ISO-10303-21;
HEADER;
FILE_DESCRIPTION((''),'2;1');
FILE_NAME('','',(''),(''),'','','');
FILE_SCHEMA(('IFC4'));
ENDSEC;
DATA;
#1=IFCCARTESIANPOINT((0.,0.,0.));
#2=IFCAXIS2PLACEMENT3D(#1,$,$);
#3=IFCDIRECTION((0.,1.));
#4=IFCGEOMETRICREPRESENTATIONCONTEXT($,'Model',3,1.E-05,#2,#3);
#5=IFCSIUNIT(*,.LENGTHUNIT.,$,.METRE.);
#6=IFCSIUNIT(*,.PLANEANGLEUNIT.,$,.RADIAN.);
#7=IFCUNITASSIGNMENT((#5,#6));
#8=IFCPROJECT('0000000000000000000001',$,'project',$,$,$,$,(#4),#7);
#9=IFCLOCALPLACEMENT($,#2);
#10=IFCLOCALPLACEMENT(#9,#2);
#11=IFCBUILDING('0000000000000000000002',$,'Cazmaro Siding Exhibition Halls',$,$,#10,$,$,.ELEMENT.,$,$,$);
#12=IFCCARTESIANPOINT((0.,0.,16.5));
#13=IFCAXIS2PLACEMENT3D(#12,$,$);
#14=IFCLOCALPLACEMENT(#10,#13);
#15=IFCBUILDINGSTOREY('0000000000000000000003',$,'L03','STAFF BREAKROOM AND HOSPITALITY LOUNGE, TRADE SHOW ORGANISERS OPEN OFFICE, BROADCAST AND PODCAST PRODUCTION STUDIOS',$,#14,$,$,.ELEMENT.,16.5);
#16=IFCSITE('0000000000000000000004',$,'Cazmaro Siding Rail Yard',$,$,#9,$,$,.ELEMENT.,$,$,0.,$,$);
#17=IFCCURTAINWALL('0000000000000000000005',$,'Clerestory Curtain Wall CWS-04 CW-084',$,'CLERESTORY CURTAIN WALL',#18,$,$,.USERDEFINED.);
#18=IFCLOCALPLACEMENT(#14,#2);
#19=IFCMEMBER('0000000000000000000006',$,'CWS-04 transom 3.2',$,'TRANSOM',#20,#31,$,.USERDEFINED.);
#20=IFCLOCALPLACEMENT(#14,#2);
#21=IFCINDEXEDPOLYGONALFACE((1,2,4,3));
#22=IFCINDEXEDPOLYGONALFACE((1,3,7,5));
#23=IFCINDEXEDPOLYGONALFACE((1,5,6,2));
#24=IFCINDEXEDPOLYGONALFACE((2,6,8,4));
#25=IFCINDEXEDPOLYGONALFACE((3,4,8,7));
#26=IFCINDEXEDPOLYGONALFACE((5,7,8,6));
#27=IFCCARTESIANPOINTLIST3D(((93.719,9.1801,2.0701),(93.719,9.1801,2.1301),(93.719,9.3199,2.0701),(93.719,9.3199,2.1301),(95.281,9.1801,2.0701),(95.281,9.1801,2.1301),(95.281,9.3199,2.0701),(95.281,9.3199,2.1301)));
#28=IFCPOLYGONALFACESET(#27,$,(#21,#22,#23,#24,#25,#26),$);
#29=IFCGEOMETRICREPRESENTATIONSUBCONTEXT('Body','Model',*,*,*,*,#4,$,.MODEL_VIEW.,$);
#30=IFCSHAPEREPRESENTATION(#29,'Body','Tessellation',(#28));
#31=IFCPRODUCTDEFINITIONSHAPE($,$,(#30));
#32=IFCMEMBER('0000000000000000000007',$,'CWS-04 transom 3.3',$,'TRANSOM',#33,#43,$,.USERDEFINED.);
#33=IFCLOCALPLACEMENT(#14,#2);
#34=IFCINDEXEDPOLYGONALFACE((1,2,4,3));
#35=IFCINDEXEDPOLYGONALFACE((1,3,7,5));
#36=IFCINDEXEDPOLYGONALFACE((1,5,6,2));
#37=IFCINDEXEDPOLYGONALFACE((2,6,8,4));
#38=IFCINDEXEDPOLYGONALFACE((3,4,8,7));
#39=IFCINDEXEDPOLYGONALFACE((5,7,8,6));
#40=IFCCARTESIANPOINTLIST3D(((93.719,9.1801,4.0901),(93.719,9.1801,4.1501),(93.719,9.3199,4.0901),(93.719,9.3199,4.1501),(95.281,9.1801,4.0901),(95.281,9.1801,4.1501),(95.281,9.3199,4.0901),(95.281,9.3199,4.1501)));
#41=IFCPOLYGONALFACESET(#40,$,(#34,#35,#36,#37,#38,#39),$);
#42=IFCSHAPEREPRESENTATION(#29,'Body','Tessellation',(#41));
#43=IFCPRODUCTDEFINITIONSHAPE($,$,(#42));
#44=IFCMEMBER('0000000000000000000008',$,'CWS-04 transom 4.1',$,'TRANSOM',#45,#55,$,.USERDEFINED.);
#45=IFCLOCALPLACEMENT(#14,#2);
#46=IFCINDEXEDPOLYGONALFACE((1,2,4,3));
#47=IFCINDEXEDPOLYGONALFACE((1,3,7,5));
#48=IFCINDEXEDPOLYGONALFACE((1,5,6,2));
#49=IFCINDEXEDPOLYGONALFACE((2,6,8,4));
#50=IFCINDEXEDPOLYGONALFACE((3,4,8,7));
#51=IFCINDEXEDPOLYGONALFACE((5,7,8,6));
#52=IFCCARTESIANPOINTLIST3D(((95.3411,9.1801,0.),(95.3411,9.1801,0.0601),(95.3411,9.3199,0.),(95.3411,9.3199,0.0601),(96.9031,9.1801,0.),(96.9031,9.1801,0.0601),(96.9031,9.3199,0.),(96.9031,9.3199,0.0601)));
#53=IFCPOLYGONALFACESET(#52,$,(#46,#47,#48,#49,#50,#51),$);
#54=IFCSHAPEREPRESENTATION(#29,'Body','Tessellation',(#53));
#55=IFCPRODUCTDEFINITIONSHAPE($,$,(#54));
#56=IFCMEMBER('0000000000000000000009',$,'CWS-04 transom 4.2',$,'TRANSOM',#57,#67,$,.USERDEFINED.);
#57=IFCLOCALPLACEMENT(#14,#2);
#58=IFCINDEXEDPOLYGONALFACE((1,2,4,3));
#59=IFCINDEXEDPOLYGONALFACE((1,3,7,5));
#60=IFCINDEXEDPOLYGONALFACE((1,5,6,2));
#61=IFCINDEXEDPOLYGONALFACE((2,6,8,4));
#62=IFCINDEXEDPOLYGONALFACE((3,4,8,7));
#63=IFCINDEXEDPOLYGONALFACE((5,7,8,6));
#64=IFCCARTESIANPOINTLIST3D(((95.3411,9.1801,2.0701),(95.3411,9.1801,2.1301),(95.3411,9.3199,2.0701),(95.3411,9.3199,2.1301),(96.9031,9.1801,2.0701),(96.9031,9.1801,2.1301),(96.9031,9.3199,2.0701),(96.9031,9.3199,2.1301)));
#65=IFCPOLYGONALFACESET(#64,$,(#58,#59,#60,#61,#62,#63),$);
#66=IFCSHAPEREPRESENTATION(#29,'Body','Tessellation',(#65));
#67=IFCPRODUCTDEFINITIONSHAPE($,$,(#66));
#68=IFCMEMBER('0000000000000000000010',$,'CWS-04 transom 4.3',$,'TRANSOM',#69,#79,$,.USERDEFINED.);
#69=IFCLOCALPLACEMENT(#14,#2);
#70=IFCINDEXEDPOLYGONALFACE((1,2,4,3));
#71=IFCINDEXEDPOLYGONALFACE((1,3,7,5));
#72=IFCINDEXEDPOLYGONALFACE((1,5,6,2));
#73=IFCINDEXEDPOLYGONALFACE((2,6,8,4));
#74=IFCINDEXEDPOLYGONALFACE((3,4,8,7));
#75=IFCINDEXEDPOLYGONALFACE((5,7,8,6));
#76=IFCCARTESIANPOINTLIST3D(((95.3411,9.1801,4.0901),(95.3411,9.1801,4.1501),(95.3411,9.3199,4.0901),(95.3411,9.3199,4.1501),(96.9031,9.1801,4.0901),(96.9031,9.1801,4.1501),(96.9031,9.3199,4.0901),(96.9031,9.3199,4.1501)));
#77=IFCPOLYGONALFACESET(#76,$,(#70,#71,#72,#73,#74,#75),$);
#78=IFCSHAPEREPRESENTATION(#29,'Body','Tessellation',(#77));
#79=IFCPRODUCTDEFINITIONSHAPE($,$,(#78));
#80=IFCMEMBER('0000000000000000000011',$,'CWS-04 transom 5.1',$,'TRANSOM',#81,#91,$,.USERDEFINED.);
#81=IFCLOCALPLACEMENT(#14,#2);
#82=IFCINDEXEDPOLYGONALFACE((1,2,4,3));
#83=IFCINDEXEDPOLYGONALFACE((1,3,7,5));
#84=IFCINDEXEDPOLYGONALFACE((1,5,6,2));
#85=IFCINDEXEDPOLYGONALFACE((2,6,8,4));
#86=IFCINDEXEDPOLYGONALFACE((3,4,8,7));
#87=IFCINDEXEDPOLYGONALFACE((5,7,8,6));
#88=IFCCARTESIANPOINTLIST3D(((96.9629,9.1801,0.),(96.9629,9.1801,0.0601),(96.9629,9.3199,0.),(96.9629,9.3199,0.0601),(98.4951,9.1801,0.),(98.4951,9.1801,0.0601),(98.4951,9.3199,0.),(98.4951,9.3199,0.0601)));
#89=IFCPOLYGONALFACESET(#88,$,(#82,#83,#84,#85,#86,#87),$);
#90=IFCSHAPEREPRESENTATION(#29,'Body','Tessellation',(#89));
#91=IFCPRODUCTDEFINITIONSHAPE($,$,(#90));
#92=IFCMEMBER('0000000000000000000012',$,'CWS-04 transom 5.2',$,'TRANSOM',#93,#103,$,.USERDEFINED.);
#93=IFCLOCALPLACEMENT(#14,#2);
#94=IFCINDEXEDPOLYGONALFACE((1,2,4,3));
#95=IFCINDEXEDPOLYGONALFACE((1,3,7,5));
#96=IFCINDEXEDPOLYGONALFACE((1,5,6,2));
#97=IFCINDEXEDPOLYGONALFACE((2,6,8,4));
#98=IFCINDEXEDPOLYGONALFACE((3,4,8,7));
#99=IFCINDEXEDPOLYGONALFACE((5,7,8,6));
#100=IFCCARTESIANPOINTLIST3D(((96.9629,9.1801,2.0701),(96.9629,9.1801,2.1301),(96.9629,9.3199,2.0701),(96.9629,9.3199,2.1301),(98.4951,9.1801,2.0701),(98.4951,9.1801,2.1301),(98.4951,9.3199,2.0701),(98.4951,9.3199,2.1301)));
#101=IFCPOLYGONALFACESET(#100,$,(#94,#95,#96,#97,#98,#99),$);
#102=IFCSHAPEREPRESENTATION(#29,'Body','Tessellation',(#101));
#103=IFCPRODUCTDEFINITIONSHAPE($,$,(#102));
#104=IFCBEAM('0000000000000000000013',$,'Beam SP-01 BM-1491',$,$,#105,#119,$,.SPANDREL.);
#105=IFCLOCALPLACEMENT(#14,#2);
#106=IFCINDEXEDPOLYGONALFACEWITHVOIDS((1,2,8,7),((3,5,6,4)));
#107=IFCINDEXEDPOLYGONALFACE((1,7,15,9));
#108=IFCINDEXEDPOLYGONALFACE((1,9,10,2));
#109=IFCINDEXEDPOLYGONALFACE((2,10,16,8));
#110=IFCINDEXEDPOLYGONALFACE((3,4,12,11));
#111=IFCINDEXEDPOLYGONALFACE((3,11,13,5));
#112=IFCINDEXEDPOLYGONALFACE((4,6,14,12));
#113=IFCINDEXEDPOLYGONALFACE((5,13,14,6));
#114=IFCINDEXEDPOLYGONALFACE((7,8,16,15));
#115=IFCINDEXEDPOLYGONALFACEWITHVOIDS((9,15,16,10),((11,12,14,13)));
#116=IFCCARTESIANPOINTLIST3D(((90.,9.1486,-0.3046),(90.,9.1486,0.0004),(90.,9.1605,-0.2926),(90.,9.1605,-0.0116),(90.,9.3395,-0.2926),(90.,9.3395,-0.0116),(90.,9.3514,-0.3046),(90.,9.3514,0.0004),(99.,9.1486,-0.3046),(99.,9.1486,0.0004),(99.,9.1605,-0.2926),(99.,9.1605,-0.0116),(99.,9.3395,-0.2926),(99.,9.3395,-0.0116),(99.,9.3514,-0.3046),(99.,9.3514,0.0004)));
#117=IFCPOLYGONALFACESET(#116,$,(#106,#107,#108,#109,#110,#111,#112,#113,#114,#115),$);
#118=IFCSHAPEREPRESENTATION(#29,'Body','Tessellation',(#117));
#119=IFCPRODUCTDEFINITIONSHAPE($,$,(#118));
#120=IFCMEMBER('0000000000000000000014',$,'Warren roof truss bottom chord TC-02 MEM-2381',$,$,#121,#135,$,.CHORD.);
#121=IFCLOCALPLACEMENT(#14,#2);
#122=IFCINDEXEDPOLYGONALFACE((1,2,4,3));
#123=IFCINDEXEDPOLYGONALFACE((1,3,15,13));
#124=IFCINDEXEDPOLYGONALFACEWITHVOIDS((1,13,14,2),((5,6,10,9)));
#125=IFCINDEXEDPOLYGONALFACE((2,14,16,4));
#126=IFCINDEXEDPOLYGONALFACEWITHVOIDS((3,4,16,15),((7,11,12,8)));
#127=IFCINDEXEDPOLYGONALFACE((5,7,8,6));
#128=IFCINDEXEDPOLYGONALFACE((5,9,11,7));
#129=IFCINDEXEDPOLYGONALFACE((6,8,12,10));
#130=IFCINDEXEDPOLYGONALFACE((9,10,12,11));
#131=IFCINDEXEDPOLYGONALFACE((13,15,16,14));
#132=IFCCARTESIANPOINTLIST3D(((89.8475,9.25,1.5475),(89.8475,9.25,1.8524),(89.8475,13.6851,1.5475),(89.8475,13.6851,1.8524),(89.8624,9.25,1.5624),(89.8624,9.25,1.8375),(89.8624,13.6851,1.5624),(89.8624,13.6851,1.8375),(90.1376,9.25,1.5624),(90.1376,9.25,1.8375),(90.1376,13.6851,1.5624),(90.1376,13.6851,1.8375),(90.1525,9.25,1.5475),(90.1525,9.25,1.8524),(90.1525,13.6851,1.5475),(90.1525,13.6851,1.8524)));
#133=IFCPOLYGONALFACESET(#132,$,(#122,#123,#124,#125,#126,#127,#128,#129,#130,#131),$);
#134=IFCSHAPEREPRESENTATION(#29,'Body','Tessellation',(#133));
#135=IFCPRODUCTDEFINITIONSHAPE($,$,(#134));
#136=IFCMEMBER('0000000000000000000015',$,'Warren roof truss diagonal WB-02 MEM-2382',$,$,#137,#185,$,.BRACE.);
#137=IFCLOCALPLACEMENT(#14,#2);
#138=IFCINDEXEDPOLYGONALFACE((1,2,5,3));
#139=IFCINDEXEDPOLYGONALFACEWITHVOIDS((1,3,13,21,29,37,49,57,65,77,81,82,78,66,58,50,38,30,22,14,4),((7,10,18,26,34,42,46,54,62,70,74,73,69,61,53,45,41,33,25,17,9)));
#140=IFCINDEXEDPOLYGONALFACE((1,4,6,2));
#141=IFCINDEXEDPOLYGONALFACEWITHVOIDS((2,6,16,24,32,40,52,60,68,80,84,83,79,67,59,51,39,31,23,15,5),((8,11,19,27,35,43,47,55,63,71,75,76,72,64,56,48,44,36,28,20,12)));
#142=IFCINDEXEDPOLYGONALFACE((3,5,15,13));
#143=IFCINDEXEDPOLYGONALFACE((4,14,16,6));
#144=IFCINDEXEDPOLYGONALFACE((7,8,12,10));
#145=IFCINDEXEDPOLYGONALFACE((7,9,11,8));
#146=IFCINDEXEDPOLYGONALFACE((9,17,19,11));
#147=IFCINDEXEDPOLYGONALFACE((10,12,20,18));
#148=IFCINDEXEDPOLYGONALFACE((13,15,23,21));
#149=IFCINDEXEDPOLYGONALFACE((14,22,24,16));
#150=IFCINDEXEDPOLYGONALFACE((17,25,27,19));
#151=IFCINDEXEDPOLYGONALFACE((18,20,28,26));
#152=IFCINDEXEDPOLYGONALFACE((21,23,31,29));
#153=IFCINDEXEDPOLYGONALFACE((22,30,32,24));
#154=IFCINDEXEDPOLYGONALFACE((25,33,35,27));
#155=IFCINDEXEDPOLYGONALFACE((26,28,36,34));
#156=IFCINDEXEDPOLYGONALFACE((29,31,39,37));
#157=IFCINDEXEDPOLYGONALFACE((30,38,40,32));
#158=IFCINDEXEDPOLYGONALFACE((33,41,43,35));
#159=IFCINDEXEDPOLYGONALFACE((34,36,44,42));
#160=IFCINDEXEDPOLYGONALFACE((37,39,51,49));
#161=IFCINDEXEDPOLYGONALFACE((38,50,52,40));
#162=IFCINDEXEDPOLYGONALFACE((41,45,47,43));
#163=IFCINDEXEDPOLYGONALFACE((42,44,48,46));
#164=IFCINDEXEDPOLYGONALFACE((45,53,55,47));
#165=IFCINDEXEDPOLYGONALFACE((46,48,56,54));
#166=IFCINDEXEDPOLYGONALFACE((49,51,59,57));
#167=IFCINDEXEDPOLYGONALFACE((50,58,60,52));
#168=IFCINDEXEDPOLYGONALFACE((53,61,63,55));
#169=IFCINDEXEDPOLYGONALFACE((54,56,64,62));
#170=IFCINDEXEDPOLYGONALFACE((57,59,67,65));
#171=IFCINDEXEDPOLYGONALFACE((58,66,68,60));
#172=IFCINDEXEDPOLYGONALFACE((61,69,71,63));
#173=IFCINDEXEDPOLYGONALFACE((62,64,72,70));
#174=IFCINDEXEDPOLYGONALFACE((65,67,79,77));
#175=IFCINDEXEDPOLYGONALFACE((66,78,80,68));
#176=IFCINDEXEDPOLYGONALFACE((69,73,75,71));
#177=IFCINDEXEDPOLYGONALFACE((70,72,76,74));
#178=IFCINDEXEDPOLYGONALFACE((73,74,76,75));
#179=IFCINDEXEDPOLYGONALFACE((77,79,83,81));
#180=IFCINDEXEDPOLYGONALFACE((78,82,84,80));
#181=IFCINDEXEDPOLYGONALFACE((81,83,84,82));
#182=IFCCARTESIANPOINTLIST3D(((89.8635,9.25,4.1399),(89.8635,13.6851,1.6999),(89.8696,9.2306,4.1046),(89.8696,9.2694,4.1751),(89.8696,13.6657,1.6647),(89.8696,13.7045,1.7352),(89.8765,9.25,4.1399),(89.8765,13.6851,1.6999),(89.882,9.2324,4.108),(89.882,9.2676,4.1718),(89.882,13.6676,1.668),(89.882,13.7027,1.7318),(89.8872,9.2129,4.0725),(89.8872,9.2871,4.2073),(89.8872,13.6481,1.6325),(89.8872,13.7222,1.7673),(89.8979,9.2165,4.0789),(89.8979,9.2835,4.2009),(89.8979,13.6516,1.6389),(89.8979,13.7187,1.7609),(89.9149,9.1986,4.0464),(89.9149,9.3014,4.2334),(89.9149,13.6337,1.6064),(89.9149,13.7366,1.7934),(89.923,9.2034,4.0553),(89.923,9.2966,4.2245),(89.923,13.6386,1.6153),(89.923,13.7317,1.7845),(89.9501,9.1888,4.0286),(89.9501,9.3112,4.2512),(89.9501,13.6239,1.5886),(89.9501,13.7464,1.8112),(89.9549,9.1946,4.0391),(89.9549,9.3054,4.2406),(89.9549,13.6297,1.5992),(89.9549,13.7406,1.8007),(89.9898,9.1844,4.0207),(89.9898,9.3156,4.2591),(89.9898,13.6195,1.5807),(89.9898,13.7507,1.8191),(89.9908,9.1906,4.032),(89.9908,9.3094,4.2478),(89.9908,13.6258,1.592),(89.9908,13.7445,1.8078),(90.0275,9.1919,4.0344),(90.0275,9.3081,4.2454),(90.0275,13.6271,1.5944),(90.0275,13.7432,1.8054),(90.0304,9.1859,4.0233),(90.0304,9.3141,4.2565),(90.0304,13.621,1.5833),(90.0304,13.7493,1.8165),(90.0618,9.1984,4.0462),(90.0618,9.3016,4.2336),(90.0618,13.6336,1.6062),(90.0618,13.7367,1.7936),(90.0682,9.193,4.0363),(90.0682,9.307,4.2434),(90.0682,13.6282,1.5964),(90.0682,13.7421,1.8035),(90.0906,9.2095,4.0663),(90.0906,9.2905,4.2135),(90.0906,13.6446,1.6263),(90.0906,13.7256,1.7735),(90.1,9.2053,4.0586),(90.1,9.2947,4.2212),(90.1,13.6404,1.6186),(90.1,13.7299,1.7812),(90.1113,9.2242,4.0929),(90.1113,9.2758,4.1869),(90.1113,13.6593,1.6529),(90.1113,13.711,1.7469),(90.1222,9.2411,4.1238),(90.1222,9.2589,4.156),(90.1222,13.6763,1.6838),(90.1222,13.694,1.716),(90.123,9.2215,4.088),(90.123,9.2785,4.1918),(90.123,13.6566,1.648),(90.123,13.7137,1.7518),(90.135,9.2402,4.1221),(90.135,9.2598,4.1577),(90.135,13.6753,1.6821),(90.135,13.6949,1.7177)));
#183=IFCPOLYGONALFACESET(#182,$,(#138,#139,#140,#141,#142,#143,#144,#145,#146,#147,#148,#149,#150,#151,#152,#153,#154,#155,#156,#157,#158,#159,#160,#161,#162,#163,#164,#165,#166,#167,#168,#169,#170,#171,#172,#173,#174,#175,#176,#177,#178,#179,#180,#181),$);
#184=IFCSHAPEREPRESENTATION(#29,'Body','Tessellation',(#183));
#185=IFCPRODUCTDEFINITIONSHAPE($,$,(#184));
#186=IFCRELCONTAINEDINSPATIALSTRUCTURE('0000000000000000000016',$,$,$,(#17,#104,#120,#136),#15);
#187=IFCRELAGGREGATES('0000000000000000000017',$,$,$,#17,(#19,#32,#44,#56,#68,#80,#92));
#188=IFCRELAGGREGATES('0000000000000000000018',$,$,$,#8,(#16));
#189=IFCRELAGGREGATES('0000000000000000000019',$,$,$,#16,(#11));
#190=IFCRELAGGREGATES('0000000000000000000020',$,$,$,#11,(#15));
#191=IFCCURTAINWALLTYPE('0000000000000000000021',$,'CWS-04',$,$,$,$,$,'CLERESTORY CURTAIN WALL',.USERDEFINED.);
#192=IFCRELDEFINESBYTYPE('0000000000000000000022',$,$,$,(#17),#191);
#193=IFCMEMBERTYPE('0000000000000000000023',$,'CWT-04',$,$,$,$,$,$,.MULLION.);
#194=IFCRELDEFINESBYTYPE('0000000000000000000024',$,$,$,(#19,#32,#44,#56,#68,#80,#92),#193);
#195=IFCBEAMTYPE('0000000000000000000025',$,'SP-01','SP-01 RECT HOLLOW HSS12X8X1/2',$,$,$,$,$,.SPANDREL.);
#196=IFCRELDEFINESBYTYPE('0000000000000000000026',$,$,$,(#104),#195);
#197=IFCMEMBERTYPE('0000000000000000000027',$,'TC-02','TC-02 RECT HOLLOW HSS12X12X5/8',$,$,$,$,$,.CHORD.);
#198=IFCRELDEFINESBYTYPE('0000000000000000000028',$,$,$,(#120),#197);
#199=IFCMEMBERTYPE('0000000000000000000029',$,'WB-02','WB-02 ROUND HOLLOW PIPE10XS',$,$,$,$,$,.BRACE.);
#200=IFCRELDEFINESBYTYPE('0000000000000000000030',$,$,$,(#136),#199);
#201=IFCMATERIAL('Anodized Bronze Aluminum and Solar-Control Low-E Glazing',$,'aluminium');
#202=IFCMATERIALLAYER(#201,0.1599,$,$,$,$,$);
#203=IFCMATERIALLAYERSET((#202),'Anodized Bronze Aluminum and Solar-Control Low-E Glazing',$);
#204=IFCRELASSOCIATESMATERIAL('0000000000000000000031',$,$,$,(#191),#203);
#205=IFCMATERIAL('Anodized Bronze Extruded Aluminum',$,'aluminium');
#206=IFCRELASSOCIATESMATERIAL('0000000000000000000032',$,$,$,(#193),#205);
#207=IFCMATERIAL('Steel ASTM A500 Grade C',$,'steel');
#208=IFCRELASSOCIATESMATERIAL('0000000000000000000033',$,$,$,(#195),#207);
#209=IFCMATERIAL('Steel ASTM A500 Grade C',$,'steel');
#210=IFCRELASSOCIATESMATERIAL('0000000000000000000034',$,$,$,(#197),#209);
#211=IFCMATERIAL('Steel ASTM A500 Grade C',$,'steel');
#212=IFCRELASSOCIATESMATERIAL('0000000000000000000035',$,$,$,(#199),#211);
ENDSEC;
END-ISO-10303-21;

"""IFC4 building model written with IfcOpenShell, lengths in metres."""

from ifc_helpers import new_model, si_unit, direction, frame, origin, origin_2d, place, context, subcontext, project, spatial, rectangle, hollow_rectangle, hollow_circle, extrude, material, layer, layer_set, material_profile, profile_set, type_object, element, aggregate, save


model = new_model("IFC4")

# Units and contexts
model_context = context("Model", 3, precision=1e-05, world=origin(), true_north=direction((0.0, 1.0)))
body_context = subcontext(model_context, "Body", "Model", "MODEL_VIEW")
ifc_project = project(units=[si_unit("LENGTHUNIT", "METRE"), si_unit("PLANEANGLEUNIT", "RADIAN")], contexts=[model_context])

# Site, building, storey
site_placement = place(None, origin())
site = spatial("IfcSite", under=ifc_project, at=site_placement, Name="Cazmaro Siding Rail Yard", CompositionType="ELEMENT", RefElevation=0.0)
building_placement = place(site_placement, origin())
building = spatial("IfcBuilding", under=site, at=building_placement, Name="Cazmaro Siding Exhibition Halls", CompositionType="ELEMENT")
storey_placement = place(building_placement, frame((0.0, 0.0, 16.5)))
storey = spatial("IfcBuildingStorey", under=building, at=storey_placement, Name="L03", Description="STAFF BREAKROOM AND HOSPITALITY LOUNGE, TRADE SHOW ORGANISERS OPEN OFFICE, BROADCAST AND PODCAST PRODUCTION STUDIOS", CompositionType="ELEMENT", Elevation=16.5)

# Shared definitions
ifc_material_1 = material(Name="Anodized Bronze Aluminum and Solar-Control Low-E Glazing", Category="aluminium")
ifc_layer_1 = layer(ifc_material_1, 0.1599)
ifc_layer_set_1 = layer_set([ifc_layer_1], Name="Anodized Bronze Aluminum and Solar-Control Low-E Glazing")
curtain_wall_type = type_object("IfcCurtainWallType", Name="CWS-04", ElementType="CLERESTORY CURTAIN WALL", PredefinedType="USERDEFINED", material=ifc_layer_set_1)

# Curtain wall, members
curtain_wall_1_placement = place(storey_placement, origin())
curtain_wall_1 = element("IfcCurtainWall", 1, at=curtain_wall_1_placement, inside=storey, type_object=curtain_wall_type, Name="Clerestory Curtain Wall CWS-04 CW-084", ObjectType="CLERESTORY CURTAIN WALL", PredefinedType="USERDEFINED")
ifc_material_2 = material(Name="Anodized Bronze Extruded Aluminum", Category="aluminium")
ifc_material_profile_1 = material_profile(ifc_material_2, rectangle(XDim=0.1399, YDim=0.0601, at=origin_2d()), Name="CWT-04")
ifc_profile_set_1 = profile_set([ifc_material_profile_1], Name="Anodized Bronze Extruded Aluminum")
member_type_1 = type_object("IfcMemberType", Name="CWT-04", PredefinedType="MULLION", material=ifc_profile_set_1)
member_1_placement = place(storey_placement, frame((93.719, 9.25, 2.1001), z_axis=(1.0, 0.0, 0.0), x_axis=(0.0, 1.0, 0.0)))
member_1 = element("IfcMember", 2, at=member_1_placement, type_object=member_type_1, Name="CWS-04 transom 3.2", ObjectType="TRANSOM", PredefinedType="USERDEFINED", context=body_context, shape_type="SweptSolid", body=[
    extrude(rectangle(XDim=0.1399, YDim=0.0601, at=origin_2d()), origin(), (0.0, 0.0, 1.0), 1.562),
])
member_2_placement = place(storey_placement, frame((93.719, 9.25, 4.1201), z_axis=(1.0, 0.0, 0.0), x_axis=(0.0, 1.0, 0.0)))
member_2 = element("IfcMember", 3, at=member_2_placement, type_object=member_type_1, Name="CWS-04 transom 3.3", ObjectType="TRANSOM", PredefinedType="USERDEFINED", context=body_context, shape_type="SweptSolid", body=[
    extrude(rectangle(XDim=0.1399, YDim=0.0601, at=origin_2d()), origin(), (0.0, 0.0, 1.0), 1.562),
])
member_3_placement = place(storey_placement, frame((95.3411, 9.25, 0.03), z_axis=(1.0, 0.0, 0.0), x_axis=(0.0, 1.0, 0.0)))
member_3 = element("IfcMember", 4, at=member_3_placement, type_object=member_type_1, Name="CWS-04 transom 4.1", ObjectType="TRANSOM", PredefinedType="USERDEFINED", context=body_context, shape_type="SweptSolid", body=[
    extrude(rectangle(XDim=0.1399, YDim=0.0601, at=origin_2d()), origin(), (0.0, 0.0, 1.0), 1.562),
])
member_4_placement = place(storey_placement, frame((95.3411, 9.25, 2.1001), z_axis=(1.0, 0.0, 0.0), x_axis=(0.0, 1.0, 0.0)))
member_4 = element("IfcMember", 5, at=member_4_placement, type_object=member_type_1, Name="CWS-04 transom 4.2", ObjectType="TRANSOM", PredefinedType="USERDEFINED", context=body_context, shape_type="SweptSolid", body=[
    extrude(rectangle(XDim=0.1399, YDim=0.0601, at=origin_2d()), origin(), (0.0, 0.0, 1.0), 1.562),
])
member_5_placement = place(storey_placement, frame((95.3411, 9.25, 4.1201), z_axis=(1.0, 0.0, 0.0), x_axis=(0.0, 1.0, 0.0)))
member_5 = element("IfcMember", 6, at=member_5_placement, type_object=member_type_1, Name="CWS-04 transom 4.3", ObjectType="TRANSOM", PredefinedType="USERDEFINED", context=body_context, shape_type="SweptSolid", body=[
    extrude(rectangle(XDim=0.1399, YDim=0.0601, at=origin_2d()), origin(), (0.0, 0.0, 1.0), 1.562),
])
member_6_placement = place(storey_placement, frame((96.9629, 9.25, 0.03), z_axis=(1.0, 0.0, 0.0), x_axis=(0.0, 1.0, 0.0)))
member_6 = element("IfcMember", 7, at=member_6_placement, type_object=member_type_1, Name="CWS-04 transom 5.1", ObjectType="TRANSOM", PredefinedType="USERDEFINED", context=body_context, shape_type="SweptSolid", body=[
    extrude(rectangle(XDim=0.1399, YDim=0.0601, at=origin_2d()), origin(), (0.0, 0.0, 1.0), 1.5322),
])
member_7_placement = place(storey_placement, frame((96.9629, 9.25, 2.1001), z_axis=(1.0, 0.0, 0.0), x_axis=(0.0, 1.0, 0.0)))
member_7 = element("IfcMember", 8, at=member_7_placement, type_object=member_type_1, Name="CWS-04 transom 5.2", ObjectType="TRANSOM", PredefinedType="USERDEFINED", context=body_context, shape_type="SweptSolid", body=[
    extrude(rectangle(XDim=0.1399, YDim=0.0601, at=origin_2d()), origin(), (0.0, 0.0, 1.0), 1.5322),
])

# Beam
ifc_material_3 = material(Name="Steel ASTM A500 Grade C", Category="steel")
ifc_material_profile_2 = material_profile(ifc_material_3, hollow_rectangle(XDim=0.2029, YDim=0.3049, WallThickness=0.012, at=origin_2d()), Name="HSS12X8X1/2")
ifc_profile_set_2 = profile_set([ifc_material_profile_2], Name="Steel ASTM A500 Grade C")
beam_type = type_object("IfcBeamType", Name="SP-01", Description="SP-01 RECT HOLLOW HSS12X8X1/2", PredefinedType="SPANDREL", material=ifc_profile_set_2)
beam_placement = place(storey_placement, frame((90.0, 9.25, -0.1521), z_axis=(1.0, 0.0, 0.0), x_axis=(0.0, 1.0, 0.0)))
element("IfcBeam", 9, at=beam_placement, inside=storey, type_object=beam_type, Name="Beam SP-01 BM-1491", PredefinedType="SPANDREL", context=body_context, shape_type="SweptSolid", body=[
    extrude(hollow_rectangle(XDim=0.2029, YDim=0.3049, WallThickness=0.012, at=origin_2d()), origin(), (0.0, 0.0, 1.0), 9.0),
])

# Members
ifc_material_4 = material(Name="Steel ASTM A500 Grade C", Category="steel")
ifc_material_profile_3 = material_profile(ifc_material_4, hollow_rectangle(XDim=0.3049, YDim=0.3049, WallThickness=0.0149, at=origin_2d()), Name="HSS12X12X5/8")
ifc_profile_set_3 = profile_set([ifc_material_profile_3], Name="Steel ASTM A500 Grade C")
member_type_2 = type_object("IfcMemberType", Name="TC-02", Description="TC-02 RECT HOLLOW HSS12X12X5/8", PredefinedType="CHORD", material=ifc_profile_set_3)
member_8_placement = place(storey_placement, frame((90.0, 9.25, 1.7), z_axis=(0.0, 1.0, 0.0), x_axis=(-1.0, 0.0, 0.0)))
element("IfcMember", 10, at=member_8_placement, inside=storey, type_object=member_type_2, Name="Warren roof truss bottom chord TC-02 MEM-2381", PredefinedType="CHORD", context=body_context, shape_type="SweptSolid", body=[
    extrude(hollow_rectangle(XDim=0.3049, YDim=0.3049, WallThickness=0.0149, at=origin_2d()), origin(), (0.0, 0.0, 1.0), 4.4351),
])
ifc_material_5 = material(Name="Steel ASTM A500 Grade C", Category="steel")
ifc_material_profile_4 = material_profile(ifc_material_5, hollow_circle(Radius=0.1365, WallThickness=0.0129, at=origin_2d()), Name="PIPE10XS")
ifc_profile_set_4 = profile_set([ifc_material_profile_4], Name="Steel ASTM A500 Grade C")
member_type_3 = type_object("IfcMemberType", Name="WB-02", Description="WB-02 ROUND HOLLOW PIPE10XS", PredefinedType="BRACE", material=ifc_profile_set_4)
member_9_placement = place(storey_placement, frame((90.0, 9.25, 4.1399), z_axis=(0.0, 0.876161, -0.482019), x_axis=(-1.0, 0.0, 0.0)))
element("IfcMember", 11, at=member_9_placement, inside=storey, type_object=member_type_3, Name="Warren roof truss diagonal WB-02 MEM-2382", PredefinedType="BRACE", context=body_context, shape_type="SweptSolid", body=[
    extrude(hollow_circle(Radius=0.1365, WallThickness=0.0129, at=origin_2d()), origin(), (0.0, 0.0, 1.0), 5.062),
])

aggregate(curtain_wall_1, [member_1, member_2, member_3, member_4, member_5, member_6, member_7])

save(model, "model.ifc")
